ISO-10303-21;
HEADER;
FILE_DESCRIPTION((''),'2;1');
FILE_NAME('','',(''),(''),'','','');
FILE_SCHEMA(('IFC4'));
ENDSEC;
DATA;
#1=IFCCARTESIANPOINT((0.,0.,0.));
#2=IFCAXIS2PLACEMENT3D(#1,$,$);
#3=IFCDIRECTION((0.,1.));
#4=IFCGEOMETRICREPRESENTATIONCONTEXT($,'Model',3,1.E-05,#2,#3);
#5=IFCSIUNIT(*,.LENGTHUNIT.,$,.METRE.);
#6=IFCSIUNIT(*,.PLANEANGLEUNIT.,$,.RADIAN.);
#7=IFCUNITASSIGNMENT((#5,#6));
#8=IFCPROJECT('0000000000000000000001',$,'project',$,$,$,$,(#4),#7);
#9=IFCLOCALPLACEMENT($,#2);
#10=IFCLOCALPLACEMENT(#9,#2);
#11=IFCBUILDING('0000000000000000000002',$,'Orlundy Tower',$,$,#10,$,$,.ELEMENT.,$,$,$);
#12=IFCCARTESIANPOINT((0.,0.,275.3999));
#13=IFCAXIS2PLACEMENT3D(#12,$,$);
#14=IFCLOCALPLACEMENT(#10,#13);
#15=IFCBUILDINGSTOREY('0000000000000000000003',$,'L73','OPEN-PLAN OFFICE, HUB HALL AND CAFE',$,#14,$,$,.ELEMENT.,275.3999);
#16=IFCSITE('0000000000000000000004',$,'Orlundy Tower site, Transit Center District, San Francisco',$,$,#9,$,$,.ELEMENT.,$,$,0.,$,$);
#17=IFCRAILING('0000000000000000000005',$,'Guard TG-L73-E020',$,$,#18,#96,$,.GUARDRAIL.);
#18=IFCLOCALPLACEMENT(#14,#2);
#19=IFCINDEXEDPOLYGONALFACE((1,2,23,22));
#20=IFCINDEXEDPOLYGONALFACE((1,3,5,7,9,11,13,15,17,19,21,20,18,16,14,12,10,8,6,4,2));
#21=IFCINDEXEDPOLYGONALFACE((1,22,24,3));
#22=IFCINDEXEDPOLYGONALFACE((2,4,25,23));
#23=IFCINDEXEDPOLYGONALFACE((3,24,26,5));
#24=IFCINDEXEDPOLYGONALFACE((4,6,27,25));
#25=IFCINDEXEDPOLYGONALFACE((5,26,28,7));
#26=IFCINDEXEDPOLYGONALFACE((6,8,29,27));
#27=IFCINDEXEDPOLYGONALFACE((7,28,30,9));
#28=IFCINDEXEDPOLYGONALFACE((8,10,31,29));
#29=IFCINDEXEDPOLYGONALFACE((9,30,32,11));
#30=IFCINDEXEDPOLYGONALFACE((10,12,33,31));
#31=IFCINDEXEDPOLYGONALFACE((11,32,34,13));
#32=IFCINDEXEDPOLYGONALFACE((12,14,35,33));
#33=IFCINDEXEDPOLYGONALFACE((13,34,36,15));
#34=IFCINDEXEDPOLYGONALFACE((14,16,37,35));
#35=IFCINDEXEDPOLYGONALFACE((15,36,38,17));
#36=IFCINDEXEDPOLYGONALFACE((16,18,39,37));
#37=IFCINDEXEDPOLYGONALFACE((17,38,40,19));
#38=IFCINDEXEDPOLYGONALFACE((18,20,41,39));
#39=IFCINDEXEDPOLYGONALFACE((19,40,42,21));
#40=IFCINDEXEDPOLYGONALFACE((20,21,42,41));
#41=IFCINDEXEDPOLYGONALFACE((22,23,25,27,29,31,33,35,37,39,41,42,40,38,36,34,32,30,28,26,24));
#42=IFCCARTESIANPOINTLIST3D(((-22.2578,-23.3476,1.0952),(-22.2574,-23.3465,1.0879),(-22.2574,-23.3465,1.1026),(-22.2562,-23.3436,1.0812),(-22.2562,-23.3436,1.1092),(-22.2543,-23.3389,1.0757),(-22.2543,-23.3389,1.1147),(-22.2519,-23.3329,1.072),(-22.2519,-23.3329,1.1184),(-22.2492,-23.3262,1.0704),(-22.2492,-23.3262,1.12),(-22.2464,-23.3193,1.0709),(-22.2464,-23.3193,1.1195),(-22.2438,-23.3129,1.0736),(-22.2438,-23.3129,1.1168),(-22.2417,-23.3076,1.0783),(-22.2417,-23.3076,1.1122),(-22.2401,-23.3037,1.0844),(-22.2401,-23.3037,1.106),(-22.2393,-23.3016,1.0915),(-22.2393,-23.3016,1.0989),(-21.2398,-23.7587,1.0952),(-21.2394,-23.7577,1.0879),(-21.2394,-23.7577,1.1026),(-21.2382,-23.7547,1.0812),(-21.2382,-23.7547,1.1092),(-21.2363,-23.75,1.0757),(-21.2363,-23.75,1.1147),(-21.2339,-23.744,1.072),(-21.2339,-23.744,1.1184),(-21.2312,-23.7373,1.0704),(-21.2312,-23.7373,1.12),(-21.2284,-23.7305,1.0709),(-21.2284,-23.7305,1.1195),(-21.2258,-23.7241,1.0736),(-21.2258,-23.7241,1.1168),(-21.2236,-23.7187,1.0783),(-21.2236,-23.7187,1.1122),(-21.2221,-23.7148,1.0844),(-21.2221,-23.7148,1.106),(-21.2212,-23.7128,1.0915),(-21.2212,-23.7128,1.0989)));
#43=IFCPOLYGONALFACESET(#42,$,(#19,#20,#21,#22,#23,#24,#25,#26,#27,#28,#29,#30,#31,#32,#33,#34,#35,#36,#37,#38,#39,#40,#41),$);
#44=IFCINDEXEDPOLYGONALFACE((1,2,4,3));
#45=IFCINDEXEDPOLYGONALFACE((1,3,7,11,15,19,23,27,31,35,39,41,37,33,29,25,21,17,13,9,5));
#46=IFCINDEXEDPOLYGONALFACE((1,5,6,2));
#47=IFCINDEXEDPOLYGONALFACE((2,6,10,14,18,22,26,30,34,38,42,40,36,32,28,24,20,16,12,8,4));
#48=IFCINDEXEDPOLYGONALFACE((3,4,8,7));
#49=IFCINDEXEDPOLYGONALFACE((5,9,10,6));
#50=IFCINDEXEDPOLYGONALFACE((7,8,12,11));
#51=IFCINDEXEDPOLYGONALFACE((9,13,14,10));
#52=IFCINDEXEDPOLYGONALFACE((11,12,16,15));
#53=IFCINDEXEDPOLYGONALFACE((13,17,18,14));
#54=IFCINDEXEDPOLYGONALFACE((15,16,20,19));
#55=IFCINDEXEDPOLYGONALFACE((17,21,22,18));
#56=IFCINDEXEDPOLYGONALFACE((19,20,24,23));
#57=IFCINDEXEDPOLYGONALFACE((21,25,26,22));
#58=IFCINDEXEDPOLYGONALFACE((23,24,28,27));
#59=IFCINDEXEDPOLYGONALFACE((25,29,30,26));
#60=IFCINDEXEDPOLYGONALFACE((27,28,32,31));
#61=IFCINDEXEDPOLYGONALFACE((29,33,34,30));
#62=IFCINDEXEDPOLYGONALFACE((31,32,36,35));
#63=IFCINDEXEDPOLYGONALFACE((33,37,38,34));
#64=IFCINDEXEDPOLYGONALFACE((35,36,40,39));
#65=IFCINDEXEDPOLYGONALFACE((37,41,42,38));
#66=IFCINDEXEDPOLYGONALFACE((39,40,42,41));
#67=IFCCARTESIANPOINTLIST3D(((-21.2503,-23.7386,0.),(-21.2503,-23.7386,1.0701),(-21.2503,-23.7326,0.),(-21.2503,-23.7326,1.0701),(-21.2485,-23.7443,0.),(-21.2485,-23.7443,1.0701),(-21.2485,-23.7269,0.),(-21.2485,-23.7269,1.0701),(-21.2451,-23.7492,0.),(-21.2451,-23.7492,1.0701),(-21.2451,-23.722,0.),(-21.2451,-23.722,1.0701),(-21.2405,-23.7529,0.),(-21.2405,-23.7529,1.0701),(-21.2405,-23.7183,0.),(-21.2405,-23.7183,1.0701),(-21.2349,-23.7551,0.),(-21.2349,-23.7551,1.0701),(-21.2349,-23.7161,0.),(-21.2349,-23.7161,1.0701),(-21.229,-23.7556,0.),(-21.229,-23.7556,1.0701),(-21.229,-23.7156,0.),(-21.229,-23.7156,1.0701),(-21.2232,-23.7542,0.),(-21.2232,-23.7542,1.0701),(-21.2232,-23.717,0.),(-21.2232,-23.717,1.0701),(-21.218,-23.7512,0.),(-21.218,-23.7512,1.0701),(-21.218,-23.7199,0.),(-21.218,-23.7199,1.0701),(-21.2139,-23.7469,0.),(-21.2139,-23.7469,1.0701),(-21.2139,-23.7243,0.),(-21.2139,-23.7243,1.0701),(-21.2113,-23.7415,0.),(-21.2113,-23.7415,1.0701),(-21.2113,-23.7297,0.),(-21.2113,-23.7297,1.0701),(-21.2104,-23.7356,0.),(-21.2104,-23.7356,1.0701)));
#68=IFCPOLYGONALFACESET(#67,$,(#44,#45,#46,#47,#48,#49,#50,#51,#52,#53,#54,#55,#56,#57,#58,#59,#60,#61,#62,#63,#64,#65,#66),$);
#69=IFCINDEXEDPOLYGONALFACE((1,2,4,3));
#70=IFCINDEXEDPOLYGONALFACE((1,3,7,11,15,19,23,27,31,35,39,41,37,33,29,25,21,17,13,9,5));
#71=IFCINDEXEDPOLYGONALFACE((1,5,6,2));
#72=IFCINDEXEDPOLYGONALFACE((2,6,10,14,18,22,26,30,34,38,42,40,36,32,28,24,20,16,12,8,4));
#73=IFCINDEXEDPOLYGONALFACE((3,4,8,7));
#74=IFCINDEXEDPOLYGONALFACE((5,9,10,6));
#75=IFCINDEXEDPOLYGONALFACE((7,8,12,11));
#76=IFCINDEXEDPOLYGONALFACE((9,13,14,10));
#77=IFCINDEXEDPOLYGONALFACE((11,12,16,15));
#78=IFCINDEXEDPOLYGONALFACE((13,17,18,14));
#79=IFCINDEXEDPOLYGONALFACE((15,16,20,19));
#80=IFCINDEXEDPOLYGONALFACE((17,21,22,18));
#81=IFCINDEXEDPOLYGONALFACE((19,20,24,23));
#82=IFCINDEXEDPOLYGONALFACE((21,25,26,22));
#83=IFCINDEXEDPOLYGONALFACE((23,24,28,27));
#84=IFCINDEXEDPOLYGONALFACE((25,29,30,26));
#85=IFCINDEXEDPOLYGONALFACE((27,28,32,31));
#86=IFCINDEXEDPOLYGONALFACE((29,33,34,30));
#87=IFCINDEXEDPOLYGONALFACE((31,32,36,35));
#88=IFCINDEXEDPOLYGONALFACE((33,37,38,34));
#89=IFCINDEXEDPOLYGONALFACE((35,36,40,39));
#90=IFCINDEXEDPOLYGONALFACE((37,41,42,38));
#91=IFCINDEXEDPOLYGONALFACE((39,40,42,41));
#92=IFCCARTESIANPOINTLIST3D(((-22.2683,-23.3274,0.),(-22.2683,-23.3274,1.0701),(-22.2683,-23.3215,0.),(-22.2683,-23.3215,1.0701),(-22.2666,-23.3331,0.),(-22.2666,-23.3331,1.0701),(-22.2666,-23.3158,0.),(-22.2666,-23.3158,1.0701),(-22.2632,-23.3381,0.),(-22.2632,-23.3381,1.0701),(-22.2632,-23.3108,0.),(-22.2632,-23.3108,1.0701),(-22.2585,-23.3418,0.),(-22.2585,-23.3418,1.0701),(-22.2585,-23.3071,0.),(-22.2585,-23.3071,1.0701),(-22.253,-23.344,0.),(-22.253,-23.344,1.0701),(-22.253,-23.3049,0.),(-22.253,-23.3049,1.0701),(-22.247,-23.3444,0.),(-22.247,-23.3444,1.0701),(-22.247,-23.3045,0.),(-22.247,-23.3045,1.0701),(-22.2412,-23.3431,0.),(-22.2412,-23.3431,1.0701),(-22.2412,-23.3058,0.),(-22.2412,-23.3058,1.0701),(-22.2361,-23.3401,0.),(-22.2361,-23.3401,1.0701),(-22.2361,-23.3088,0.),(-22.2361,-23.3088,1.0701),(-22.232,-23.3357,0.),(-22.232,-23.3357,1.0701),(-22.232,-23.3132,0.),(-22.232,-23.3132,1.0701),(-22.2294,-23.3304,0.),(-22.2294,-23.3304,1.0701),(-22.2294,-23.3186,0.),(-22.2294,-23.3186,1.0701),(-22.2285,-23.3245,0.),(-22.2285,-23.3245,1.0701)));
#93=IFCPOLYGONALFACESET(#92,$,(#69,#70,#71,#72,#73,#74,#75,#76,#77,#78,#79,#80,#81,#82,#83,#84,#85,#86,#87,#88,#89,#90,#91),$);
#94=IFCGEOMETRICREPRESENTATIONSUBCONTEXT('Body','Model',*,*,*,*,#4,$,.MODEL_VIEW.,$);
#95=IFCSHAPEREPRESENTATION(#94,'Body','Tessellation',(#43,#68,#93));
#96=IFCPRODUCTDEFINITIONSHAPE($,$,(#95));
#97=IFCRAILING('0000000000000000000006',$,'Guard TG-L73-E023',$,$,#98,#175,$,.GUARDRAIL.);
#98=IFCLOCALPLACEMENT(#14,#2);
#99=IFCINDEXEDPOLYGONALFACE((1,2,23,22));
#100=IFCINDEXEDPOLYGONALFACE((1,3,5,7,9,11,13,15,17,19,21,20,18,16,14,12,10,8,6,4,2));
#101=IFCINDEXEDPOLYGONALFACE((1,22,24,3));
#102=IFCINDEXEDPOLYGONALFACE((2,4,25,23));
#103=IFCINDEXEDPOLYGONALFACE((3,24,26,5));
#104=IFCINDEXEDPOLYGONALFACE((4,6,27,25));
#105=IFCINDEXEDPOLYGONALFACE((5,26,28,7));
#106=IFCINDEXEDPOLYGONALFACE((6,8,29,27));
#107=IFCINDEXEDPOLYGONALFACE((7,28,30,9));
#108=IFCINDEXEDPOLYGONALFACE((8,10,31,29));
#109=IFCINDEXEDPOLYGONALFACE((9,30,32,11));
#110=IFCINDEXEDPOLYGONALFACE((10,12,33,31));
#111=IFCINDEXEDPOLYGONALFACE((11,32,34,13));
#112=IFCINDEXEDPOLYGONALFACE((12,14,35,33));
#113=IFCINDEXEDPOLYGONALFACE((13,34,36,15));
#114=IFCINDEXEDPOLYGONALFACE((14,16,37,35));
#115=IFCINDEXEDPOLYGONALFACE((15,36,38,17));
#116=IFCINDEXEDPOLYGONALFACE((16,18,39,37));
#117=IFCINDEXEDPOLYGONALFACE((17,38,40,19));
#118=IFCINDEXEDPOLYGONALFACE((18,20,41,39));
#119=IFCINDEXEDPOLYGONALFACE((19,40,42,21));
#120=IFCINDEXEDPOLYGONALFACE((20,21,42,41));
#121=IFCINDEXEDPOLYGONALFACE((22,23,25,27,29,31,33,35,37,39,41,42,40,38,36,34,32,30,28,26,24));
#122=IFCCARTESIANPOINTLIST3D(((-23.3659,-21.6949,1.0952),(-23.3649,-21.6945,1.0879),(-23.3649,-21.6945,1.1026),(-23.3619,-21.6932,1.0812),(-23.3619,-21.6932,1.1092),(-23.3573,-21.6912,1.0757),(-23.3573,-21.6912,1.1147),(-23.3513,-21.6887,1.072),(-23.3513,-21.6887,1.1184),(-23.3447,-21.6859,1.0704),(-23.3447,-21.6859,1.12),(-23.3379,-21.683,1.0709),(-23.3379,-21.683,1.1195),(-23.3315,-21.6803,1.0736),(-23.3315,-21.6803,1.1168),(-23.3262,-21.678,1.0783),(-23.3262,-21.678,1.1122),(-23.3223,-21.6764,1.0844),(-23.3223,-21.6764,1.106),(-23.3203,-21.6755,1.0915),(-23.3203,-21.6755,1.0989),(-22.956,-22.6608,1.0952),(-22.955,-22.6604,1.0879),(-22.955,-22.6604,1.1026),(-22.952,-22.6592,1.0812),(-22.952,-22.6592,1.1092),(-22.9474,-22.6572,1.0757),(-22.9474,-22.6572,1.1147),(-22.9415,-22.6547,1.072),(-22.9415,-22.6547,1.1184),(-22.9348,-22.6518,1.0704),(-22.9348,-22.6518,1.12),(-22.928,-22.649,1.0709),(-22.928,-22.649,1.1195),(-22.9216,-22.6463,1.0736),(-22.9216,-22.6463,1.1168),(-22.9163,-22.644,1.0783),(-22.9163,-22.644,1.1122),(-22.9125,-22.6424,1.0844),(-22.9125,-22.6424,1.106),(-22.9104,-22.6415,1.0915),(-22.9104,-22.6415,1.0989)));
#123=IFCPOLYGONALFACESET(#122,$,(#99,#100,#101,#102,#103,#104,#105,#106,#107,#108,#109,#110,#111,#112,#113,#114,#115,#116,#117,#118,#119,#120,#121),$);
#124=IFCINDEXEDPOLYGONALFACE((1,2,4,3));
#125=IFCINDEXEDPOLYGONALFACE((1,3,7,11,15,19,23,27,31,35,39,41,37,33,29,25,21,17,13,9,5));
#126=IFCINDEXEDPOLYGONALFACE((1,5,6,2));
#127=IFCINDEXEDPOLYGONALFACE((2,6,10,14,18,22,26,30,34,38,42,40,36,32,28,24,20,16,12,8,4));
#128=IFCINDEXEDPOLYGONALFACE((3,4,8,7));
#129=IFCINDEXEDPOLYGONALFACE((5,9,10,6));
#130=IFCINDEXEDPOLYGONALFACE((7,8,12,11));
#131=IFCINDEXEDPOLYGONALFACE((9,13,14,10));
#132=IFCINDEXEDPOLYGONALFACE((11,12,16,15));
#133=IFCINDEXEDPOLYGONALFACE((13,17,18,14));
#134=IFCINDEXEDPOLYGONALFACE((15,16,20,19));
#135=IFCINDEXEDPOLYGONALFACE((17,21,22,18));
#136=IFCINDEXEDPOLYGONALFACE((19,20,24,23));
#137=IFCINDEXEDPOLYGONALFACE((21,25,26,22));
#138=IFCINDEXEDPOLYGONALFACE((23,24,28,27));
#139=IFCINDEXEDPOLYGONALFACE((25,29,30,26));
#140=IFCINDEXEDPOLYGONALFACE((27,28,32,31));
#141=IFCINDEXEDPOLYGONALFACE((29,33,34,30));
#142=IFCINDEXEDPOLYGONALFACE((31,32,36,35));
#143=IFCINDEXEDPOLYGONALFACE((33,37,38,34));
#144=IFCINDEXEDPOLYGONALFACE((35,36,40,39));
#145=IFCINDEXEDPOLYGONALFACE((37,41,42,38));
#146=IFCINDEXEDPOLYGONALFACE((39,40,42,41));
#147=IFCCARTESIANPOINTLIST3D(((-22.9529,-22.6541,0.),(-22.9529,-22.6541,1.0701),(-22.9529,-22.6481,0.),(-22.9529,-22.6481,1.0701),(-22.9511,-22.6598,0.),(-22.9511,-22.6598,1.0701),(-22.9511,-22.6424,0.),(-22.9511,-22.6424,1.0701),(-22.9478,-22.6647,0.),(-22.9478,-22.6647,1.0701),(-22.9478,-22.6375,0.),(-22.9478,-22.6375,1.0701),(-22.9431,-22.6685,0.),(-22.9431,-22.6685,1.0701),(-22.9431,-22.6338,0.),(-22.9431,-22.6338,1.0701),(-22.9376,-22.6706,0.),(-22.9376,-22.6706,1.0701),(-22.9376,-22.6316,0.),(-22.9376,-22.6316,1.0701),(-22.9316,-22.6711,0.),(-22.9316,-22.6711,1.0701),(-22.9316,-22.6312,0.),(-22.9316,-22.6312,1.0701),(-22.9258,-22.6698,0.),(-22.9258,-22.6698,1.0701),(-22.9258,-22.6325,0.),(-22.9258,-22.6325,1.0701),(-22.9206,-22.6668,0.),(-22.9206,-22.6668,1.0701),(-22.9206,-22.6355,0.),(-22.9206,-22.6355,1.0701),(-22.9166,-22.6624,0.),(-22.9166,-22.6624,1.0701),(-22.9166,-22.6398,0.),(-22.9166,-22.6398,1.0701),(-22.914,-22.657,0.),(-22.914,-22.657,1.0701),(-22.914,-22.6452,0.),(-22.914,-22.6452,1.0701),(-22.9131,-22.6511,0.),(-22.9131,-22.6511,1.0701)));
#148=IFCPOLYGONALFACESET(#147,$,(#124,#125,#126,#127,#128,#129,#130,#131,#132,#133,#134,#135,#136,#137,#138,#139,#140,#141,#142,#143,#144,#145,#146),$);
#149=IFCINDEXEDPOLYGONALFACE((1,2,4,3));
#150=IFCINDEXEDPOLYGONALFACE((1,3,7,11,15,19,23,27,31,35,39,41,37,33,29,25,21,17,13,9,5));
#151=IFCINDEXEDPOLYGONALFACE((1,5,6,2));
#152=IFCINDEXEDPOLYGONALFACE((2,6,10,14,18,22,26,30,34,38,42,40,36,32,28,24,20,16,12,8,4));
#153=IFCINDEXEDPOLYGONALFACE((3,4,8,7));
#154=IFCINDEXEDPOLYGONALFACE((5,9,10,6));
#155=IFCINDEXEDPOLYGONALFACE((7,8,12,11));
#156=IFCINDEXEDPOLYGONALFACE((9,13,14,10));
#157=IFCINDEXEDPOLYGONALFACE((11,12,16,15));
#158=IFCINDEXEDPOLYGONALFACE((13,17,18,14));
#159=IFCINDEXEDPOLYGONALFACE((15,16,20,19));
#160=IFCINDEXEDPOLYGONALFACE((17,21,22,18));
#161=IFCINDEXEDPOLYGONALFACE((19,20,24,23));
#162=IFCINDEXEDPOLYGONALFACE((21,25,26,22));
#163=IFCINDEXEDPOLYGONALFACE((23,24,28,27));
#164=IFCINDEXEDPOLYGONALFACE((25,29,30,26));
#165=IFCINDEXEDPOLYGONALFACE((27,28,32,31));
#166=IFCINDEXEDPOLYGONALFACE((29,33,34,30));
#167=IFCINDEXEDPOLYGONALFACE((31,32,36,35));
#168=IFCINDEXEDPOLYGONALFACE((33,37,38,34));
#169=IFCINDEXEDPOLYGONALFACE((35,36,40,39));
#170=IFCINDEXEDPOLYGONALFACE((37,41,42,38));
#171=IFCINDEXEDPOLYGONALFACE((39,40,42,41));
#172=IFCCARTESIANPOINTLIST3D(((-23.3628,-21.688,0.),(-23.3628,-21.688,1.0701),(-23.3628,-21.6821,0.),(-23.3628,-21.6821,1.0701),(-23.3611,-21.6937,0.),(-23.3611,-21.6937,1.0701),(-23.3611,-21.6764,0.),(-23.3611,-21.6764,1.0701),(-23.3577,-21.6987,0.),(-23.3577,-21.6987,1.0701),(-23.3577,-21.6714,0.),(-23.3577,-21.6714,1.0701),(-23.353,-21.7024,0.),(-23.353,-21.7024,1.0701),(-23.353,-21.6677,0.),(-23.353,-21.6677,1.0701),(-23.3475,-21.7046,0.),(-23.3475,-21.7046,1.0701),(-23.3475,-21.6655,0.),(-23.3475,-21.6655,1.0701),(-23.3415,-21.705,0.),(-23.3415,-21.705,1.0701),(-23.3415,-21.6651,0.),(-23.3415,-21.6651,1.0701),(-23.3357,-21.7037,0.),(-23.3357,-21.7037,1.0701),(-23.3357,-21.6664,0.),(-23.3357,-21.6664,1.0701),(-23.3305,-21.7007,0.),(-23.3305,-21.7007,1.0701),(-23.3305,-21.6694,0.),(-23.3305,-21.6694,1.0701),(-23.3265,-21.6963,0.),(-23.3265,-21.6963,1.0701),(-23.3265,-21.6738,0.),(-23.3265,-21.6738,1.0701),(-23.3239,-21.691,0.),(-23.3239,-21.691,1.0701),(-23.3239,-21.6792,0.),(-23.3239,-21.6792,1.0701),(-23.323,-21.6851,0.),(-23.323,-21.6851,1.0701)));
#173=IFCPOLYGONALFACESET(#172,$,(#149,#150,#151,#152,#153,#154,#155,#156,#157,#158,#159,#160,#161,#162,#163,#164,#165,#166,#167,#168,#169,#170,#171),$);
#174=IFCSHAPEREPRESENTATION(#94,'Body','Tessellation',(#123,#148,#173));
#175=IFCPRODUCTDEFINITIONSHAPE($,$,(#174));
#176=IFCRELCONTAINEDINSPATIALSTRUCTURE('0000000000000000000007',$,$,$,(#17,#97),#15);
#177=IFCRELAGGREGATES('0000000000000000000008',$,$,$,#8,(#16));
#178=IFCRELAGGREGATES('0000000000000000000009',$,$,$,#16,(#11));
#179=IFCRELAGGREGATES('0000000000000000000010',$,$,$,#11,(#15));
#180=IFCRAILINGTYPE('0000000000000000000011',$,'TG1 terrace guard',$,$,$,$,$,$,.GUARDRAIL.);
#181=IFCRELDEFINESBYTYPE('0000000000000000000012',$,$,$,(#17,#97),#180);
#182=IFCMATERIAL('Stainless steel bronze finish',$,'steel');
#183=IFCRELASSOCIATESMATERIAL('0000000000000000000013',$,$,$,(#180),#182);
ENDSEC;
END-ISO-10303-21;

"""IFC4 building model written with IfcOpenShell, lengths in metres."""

from ifc_helpers import new_model, si_unit, direction, frame, origin, origin_2d, place, context, subcontext, project, spatial, circle, extrude, material, type_object, element, save


model = new_model("IFC4")

# Units and contexts
model_context = context("Model", 3, precision=1e-05, world=origin(), true_north=direction((0.0, 1.0)))
body_context = subcontext(model_context, "Body", "Model", "MODEL_VIEW")
ifc_project = project(units=[si_unit("LENGTHUNIT", "METRE"), si_unit("PLANEANGLEUNIT", "RADIAN")], contexts=[model_context])

# Site, building, storey
site_placement = place(None, origin())
site = spatial("IfcSite", under=ifc_project, at=site_placement, Name="Orlundy Tower site, Transit Center District, San Francisco", CompositionType="ELEMENT", RefElevation=0.0)
building_placement = place(site_placement, origin())
building = spatial("IfcBuilding", under=site, at=building_placement, Name="Orlundy Tower", CompositionType="ELEMENT")
storey_placement = place(building_placement, frame((0.0, 0.0, 275.3999)))
storey = spatial("IfcBuildingStorey", under=building, at=storey_placement, Name="L73", Description="OPEN-PLAN OFFICE, HUB HALL AND CAFE", CompositionType="ELEMENT", Elevation=275.3999)

# Railings
ifc_material_1 = material(Name="Stainless steel bronze finish", Category="steel")
railing_type = type_object("IfcRailingType", Name="TG1 terrace guard", PredefinedType="GUARDRAIL", material=ifc_material_1)
railing_1_placement = place(storey_placement, frame((-21.2305, -23.7356, 0.0)))
element("IfcRailing", 1, at=railing_1_placement, inside=storey, type_object=railing_type, Name="Guard TG-L73-E020", PredefinedType="GUARDRAIL", context=body_context, shape_type="SweptSolid", body=[
    extrude(circle(Radius=0.0249, at=origin_2d()), frame((0.0, 0.0, 1.0952), z_axis=(-0.927245, 0.374456, 0.0), x_axis=(-0.374456, -0.927245, 0.0)), (0.0, 0.0, 1.0), 1.0979),
    extrude(circle(Radius=0.02, at=origin_2d()), origin(), (0.0, 0.0, 1.0), 1.0701),
    extrude(circle(Radius=0.02, at=origin_2d()), frame((-1.0181, 0.4111, 0.0)), (0.0, 0.0, 1.0), 1.0701),
])
railing_2_placement = place(storey_placement, frame((-22.9331, -22.6511, 0.0)))
element("IfcRailing", 2, at=railing_2_placement, inside=storey, type_object=railing_type, Name="Guard TG-L73-E023", PredefinedType="GUARDRAIL", context=body_context, shape_type="SweptSolid", body=[
    extrude(circle(Radius=0.0249, at=origin_2d()), frame((0.0, 0.0, 1.0952), z_axis=(-0.390604, 0.920559, 0.0), x_axis=(-0.920559, -0.390604, 0.0)), (0.0, 0.0, 1.0), 1.0493),
    extrude(circle(Radius=0.02, at=origin_2d()), origin(), (0.0, 0.0, 1.0), 1.0701),
    extrude(circle(Radius=0.02, at=origin_2d()), frame((-0.4099, 0.9661, 0.0)), (0.0, 0.0, 1.0), 1.0701),
])

save(model, "model.ifc")
